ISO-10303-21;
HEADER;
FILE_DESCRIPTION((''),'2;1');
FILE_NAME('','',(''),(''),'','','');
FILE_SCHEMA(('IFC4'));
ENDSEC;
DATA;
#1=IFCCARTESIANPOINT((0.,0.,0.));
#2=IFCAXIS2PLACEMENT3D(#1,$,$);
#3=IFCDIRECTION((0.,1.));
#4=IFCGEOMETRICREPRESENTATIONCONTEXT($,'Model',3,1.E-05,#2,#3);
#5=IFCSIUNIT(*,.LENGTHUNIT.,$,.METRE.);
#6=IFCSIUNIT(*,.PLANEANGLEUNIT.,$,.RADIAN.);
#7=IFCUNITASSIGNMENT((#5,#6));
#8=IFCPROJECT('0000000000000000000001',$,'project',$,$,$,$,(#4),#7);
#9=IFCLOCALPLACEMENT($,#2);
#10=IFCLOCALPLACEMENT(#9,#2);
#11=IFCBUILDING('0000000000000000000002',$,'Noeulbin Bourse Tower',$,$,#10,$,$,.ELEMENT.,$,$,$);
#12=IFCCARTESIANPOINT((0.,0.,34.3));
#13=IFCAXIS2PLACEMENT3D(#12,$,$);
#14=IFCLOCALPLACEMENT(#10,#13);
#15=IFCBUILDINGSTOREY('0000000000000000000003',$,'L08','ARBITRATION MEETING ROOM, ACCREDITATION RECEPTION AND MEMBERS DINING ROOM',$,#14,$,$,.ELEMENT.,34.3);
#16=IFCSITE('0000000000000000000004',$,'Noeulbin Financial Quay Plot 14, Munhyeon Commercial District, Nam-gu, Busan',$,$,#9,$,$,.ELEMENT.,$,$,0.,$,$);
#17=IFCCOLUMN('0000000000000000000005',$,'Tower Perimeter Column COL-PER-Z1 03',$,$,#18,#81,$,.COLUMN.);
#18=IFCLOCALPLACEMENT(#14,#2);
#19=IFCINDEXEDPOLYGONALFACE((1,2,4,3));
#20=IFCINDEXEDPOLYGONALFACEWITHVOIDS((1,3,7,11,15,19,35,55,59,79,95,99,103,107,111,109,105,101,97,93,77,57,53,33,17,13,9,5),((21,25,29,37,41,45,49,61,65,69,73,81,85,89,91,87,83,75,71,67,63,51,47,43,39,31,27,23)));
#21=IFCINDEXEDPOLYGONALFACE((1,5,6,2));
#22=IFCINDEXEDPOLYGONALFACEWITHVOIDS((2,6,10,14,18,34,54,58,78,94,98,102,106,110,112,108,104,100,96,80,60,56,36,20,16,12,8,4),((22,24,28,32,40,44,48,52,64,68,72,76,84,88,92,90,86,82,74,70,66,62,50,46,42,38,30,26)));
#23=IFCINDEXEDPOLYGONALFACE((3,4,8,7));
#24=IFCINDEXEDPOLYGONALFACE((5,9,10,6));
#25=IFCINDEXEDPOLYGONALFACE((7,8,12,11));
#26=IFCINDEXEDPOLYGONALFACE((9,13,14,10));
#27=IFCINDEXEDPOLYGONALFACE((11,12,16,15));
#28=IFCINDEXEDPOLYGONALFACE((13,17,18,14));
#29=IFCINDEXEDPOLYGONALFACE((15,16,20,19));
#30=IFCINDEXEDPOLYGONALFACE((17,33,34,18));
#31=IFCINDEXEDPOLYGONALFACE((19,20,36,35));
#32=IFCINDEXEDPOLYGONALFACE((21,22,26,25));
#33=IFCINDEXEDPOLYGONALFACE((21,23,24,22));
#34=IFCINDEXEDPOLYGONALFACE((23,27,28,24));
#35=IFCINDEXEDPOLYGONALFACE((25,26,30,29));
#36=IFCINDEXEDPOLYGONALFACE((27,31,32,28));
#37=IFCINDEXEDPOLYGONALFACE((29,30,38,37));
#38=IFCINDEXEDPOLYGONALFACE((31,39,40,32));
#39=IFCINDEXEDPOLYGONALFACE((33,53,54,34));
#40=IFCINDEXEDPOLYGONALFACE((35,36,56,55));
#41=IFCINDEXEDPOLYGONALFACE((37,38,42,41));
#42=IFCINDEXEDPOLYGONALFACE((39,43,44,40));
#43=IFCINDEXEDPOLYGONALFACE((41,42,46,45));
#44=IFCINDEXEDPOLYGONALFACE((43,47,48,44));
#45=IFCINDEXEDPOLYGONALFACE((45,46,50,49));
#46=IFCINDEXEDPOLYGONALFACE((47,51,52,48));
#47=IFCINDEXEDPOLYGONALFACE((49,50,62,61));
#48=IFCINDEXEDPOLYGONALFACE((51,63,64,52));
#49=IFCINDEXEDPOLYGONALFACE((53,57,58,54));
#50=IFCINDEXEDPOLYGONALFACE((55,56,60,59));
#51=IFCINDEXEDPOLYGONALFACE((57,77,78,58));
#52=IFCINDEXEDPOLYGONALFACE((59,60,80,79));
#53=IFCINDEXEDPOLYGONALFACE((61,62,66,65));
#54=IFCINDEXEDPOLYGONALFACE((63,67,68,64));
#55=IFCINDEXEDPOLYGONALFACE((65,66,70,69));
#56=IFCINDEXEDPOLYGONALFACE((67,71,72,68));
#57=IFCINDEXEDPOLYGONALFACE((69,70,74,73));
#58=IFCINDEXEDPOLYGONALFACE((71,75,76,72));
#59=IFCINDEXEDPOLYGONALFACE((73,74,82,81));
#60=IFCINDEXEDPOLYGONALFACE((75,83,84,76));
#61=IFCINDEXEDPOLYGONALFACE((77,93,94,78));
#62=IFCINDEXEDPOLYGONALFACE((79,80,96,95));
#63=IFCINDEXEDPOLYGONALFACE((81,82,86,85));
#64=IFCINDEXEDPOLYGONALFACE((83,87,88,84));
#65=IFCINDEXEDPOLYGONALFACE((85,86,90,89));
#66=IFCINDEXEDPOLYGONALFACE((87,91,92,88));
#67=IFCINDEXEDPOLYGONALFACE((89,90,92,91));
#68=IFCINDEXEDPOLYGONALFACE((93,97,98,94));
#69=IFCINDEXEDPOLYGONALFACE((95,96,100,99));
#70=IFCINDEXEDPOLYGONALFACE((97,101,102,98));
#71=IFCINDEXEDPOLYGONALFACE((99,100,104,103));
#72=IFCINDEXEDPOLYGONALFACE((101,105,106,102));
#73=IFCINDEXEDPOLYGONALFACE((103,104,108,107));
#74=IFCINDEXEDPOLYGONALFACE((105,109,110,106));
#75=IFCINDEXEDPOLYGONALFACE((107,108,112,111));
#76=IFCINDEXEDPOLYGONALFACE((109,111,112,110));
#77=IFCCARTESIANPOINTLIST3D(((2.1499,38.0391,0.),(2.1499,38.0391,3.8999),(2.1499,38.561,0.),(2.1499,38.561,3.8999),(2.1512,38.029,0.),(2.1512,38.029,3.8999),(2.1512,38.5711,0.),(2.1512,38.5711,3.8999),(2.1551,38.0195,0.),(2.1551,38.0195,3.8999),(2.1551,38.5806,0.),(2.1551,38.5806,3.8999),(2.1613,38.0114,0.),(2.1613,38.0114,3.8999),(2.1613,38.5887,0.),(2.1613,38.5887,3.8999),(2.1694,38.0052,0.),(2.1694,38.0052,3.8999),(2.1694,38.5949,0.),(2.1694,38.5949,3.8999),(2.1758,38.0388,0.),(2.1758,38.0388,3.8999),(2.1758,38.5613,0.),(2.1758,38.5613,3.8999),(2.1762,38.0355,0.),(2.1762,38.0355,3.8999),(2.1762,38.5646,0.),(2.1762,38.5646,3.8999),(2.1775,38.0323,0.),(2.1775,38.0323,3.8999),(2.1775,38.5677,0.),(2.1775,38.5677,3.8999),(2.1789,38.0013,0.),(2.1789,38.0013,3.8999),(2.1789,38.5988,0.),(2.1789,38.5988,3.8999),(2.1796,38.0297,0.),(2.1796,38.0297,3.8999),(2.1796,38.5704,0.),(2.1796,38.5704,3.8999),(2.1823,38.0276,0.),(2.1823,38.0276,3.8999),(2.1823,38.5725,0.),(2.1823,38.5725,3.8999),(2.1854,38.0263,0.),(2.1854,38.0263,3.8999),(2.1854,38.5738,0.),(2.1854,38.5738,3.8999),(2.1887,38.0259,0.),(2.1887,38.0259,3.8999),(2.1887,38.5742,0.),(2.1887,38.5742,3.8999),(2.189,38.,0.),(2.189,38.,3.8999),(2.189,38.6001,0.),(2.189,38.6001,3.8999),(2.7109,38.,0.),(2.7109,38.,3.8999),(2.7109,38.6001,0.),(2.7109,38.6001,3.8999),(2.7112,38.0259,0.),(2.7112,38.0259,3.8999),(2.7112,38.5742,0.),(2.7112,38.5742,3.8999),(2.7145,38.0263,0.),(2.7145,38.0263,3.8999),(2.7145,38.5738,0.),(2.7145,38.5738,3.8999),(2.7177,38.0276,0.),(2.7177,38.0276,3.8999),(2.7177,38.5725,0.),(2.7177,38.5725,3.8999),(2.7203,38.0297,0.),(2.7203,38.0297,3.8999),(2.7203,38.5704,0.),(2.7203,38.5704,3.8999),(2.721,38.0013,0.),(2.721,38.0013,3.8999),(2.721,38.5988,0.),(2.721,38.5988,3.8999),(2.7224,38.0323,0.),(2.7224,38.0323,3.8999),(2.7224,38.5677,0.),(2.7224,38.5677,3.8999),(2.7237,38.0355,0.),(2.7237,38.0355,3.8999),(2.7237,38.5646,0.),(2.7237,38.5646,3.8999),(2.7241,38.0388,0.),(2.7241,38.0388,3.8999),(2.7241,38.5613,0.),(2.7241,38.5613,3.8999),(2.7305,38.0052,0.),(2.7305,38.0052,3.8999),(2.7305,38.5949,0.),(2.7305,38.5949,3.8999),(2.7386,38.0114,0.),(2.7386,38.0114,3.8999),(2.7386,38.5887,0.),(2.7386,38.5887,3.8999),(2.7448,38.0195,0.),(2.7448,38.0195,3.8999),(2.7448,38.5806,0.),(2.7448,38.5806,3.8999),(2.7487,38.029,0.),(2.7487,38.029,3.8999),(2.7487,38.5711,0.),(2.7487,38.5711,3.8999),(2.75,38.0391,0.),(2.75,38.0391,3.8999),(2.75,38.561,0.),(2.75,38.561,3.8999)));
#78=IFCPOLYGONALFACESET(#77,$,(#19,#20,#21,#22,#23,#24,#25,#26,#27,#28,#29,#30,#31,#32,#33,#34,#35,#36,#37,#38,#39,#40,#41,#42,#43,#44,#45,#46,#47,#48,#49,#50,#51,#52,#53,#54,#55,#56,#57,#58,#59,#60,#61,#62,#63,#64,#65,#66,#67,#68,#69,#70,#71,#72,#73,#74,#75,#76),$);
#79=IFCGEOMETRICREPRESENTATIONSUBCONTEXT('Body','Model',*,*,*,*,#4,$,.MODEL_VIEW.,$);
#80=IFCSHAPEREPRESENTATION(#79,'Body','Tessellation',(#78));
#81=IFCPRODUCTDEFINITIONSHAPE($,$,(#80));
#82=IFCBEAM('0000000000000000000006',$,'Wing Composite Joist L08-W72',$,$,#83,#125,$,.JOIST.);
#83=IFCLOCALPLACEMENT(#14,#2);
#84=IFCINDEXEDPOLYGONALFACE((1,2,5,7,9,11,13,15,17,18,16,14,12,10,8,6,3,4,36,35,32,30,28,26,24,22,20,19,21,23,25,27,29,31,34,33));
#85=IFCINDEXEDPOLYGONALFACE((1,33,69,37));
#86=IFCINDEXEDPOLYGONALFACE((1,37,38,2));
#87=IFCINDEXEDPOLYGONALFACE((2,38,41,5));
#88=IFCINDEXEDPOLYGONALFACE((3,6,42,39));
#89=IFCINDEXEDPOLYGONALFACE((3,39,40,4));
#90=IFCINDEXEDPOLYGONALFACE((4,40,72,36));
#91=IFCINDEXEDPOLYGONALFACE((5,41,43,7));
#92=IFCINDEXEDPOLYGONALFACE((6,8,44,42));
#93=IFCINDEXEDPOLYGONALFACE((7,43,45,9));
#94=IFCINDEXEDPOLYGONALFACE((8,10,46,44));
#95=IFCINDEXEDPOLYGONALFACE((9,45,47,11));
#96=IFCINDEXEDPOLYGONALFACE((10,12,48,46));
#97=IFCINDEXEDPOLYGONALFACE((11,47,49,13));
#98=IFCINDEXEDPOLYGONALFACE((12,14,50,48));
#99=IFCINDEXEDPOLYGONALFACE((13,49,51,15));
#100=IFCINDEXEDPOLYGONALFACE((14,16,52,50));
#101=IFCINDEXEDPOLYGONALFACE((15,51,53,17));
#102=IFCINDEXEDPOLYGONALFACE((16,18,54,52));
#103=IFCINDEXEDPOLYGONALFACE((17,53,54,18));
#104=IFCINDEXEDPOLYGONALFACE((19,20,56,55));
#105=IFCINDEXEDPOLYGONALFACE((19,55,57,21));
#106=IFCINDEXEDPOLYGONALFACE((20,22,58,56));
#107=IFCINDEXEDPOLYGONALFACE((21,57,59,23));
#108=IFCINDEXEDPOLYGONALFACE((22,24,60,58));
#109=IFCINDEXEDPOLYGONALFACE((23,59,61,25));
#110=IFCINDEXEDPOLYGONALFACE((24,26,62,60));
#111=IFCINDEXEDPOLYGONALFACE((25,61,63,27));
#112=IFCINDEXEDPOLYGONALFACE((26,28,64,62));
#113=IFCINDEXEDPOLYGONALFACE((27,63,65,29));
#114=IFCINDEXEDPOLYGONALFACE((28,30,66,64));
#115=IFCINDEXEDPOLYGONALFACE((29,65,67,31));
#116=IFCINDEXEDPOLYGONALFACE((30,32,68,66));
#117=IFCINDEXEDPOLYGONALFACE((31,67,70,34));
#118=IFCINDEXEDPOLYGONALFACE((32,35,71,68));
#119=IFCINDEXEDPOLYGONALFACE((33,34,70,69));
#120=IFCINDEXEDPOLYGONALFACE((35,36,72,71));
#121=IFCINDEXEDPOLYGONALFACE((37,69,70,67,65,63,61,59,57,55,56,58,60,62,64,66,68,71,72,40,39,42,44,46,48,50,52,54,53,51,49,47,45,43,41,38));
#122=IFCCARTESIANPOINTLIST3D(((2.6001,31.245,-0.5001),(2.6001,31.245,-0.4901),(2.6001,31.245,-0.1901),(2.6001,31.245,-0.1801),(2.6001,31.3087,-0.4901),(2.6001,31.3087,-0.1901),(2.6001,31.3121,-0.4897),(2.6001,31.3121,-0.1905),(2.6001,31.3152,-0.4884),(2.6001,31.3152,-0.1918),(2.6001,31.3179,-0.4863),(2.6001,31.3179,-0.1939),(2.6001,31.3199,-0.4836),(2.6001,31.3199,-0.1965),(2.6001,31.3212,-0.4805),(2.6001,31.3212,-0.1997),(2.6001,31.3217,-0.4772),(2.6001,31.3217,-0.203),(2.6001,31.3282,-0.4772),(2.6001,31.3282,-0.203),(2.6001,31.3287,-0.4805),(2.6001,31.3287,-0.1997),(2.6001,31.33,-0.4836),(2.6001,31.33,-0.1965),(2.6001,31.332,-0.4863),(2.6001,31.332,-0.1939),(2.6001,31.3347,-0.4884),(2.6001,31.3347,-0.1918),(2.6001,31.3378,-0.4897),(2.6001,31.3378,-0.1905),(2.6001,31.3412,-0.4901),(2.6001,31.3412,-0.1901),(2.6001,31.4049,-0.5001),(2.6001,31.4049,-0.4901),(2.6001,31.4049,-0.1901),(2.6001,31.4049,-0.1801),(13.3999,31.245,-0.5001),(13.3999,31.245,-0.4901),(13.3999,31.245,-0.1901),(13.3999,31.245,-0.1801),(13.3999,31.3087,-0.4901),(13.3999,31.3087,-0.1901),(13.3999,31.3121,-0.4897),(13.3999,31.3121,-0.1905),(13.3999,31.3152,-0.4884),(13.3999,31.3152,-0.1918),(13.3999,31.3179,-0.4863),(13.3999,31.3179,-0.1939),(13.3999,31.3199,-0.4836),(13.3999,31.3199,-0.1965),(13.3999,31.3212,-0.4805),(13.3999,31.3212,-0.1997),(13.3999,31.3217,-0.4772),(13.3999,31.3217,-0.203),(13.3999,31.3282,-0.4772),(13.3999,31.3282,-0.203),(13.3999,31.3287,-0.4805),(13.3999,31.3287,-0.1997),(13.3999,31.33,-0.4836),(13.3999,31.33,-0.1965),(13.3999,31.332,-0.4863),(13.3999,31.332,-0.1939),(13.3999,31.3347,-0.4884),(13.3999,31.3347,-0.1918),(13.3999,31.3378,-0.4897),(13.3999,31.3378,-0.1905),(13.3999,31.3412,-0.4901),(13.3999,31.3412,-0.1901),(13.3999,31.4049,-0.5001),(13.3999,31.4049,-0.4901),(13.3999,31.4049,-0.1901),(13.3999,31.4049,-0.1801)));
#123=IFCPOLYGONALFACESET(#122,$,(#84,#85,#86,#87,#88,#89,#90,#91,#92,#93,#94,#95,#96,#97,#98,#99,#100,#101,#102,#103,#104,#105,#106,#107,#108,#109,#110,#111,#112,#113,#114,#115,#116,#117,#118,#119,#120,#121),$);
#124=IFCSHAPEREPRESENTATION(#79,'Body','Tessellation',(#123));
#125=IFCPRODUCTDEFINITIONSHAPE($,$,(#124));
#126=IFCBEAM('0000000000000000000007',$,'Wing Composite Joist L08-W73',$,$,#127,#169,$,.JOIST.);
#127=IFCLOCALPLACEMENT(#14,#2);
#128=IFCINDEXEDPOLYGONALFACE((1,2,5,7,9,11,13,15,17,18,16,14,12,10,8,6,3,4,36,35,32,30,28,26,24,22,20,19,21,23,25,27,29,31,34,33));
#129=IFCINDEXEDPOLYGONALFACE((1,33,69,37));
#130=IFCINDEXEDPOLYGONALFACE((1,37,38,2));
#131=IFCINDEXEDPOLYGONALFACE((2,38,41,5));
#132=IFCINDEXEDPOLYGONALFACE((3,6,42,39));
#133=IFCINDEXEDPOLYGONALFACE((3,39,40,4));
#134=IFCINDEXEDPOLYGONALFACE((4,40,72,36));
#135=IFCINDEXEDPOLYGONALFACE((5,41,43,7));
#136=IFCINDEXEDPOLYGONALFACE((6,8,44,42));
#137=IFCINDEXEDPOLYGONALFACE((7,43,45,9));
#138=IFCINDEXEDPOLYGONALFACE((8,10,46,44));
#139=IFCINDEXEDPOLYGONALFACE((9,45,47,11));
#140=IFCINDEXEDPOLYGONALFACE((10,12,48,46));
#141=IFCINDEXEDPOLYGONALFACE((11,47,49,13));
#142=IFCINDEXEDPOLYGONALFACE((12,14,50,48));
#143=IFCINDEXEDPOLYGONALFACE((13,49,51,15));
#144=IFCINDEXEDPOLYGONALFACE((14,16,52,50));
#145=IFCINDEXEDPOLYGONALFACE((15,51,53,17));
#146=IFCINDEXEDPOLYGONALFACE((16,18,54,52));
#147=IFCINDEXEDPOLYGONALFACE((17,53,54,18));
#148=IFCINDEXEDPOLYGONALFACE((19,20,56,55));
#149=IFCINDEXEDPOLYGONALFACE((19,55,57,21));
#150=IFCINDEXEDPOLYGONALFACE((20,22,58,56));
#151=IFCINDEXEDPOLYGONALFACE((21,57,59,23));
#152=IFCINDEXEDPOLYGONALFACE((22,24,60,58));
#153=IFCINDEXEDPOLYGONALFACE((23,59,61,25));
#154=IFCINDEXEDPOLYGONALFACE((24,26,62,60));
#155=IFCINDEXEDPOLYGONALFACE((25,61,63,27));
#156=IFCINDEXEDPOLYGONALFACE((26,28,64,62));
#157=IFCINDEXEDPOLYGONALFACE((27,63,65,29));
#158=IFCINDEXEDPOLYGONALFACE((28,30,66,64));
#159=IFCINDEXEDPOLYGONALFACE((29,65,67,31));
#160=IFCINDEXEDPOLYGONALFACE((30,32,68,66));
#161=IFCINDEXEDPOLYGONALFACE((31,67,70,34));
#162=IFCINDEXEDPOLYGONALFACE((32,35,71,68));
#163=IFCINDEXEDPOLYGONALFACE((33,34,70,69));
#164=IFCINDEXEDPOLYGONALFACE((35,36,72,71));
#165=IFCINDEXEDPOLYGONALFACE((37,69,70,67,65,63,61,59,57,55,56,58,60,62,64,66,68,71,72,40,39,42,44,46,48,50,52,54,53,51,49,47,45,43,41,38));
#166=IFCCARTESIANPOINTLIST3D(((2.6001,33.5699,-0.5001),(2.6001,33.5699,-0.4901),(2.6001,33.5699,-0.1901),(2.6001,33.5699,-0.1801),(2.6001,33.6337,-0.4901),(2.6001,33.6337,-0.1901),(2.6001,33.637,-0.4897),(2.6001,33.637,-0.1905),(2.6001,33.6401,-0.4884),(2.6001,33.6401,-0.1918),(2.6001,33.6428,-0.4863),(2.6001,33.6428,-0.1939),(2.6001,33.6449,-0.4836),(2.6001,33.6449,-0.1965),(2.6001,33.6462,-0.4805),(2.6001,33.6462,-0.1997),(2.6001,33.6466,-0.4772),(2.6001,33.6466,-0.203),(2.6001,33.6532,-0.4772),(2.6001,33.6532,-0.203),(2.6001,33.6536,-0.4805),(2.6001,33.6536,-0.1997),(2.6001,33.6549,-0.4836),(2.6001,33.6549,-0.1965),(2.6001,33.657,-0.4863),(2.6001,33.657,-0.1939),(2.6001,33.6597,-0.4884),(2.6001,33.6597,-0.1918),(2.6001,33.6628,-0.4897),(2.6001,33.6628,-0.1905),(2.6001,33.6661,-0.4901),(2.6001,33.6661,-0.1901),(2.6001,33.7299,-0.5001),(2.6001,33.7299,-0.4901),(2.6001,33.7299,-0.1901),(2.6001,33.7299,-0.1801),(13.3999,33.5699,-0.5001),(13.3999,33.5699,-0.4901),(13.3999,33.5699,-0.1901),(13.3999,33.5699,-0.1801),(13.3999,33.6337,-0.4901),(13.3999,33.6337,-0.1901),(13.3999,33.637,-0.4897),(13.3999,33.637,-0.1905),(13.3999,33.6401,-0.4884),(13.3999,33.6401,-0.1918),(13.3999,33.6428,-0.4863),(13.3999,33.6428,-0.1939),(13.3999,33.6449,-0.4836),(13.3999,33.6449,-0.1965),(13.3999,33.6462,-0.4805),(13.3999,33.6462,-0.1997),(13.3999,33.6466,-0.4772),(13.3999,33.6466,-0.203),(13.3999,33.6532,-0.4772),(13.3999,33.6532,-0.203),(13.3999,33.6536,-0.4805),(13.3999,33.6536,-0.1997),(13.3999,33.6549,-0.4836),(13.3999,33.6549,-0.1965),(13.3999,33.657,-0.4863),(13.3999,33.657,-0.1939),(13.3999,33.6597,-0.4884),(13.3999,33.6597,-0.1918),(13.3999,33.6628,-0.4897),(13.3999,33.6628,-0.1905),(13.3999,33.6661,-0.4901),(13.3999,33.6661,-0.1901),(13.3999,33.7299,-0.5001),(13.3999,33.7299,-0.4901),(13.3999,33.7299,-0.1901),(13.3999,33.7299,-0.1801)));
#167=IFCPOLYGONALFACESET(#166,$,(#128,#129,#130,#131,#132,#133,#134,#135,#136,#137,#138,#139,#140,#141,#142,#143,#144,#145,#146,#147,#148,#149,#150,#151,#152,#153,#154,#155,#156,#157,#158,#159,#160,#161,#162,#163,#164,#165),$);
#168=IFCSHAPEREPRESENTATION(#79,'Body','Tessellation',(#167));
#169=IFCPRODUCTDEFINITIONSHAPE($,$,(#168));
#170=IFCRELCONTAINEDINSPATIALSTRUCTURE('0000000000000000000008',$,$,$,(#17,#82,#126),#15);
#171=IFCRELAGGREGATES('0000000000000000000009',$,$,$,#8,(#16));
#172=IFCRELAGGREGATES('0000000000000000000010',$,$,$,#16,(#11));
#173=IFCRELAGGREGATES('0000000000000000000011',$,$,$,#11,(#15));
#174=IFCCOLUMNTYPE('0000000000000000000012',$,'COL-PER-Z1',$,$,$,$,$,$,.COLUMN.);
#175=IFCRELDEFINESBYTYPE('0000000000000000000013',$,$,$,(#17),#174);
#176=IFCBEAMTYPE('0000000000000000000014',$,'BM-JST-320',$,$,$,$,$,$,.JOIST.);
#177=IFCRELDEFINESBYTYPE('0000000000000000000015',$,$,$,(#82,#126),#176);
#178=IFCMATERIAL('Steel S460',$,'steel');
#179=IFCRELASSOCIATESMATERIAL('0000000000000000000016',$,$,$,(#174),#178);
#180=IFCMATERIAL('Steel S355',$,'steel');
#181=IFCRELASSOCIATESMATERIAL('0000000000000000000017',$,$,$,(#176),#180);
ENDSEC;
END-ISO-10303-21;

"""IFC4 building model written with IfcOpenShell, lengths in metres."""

from ifc_helpers import new_model, si_unit, direction, frame, origin, origin_2d, place, context, subcontext, project, spatial, hollow_rectangle, i_section, extrude, material, material_profile, profile_set, type_object, element, save


model = new_model("IFC4")

# Units and contexts
model_context = context("Model", 3, precision=1e-05, world=origin(), true_north=direction((0.0, 1.0)))
body_context = subcontext(model_context, "Body", "Model", "MODEL_VIEW")
ifc_project = project(units=[si_unit("LENGTHUNIT", "METRE"), si_unit("PLANEANGLEUNIT", "RADIAN")], contexts=[model_context])

# Site, building, storey
site_placement = place(None, origin())
site = spatial("IfcSite", under=ifc_project, at=site_placement, Name="Noeulbin Financial Quay Plot 14, Munhyeon Commercial District, Nam-gu, Busan", CompositionType="ELEMENT", RefElevation=0.0)
building_placement = place(site_placement, origin())
building = spatial("IfcBuilding", under=site, at=building_placement, Name="Noeulbin Bourse Tower", CompositionType="ELEMENT")
storey_placement = place(building_placement, frame((0.0, 0.0, 34.3)))
storey = spatial("IfcBuildingStorey", under=building, at=storey_placement, Name="L08", Description="ARBITRATION MEETING ROOM, ACCREDITATION RECEPTION AND MEMBERS DINING ROOM", CompositionType="ELEMENT", Elevation=34.3)

# Column
ifc_material_1 = material(Name="Steel S460", Category="steel")
ifc_material_profile_1 = material_profile(ifc_material_1, hollow_rectangle(XDim=0.6001, YDim=0.6001, WallThickness=0.0259, InnerFilletRadius=0.0129, OuterFilletRadius=0.0391, at=origin_2d()), Name="BOX-600x600x26", Category="LoadBearing")
ifc_profile_set_1 = profile_set([ifc_material_profile_1], Name="Steel S460")
column_type = type_object("IfcColumnType", Name="COL-PER-Z1", PredefinedType="COLUMN", material=ifc_profile_set_1)
column_placement = place(storey_placement, frame((2.45, 38.3, 0.0), z_axis=(0.0, 0.0, 1.0), x_axis=(1.0, 0.0, 0.0)))
element("IfcColumn", 1, at=column_placement, inside=storey, type_object=column_type, Name="Tower Perimeter Column COL-PER-Z1 03", PredefinedType="COLUMN", context=body_context, shape_type="SweptSolid", body=[
    extrude(hollow_rectangle(XDim=0.6001, YDim=0.6001, WallThickness=0.0259, InnerFilletRadius=0.0129, OuterFilletRadius=0.0391, at=origin_2d()), origin(), (0.0, 0.0, 1.0), 3.8999),
])

# Beams
ifc_material_2 = material(Name="Steel S355", Category="steel")
ifc_material_profile_2 = material_profile(ifc_material_2, i_section(OverallWidth=0.1599, OverallDepth=0.3201, WebThickness=0.0066, FlangeThickness=0.01, FilletRadius=0.0129, at=origin_2d()), Name="H-320x160x6.5x10", Category="LoadBearing")
ifc_profile_set_2 = profile_set([ifc_material_profile_2], Name="Steel S355")
beam_type = type_object("IfcBeamType", Name="BM-JST-320", PredefinedType="JOIST", material=ifc_profile_set_2)
for number, where, z_axis, x_axis, name in (
    (2, (2.6001, 31.325, -0.3401), (1.0, 0.0, 0.0), (0.0, 1.0, 0.0), "Wing Composite Joist L08-W72"),
    (3, (2.6001, 33.6499, -0.3401), (1.0, 0.0, 0.0), (0.0, 1.0, 0.0), "Wing Composite Joist L08-W73"),
):
    element("IfcBeam", number, at=place(storey_placement, frame(where, z_axis=z_axis, x_axis=x_axis)), inside=storey, type_object=beam_type, Name=name, PredefinedType="JOIST", context=body_context, shape_type="SweptSolid", body=[
        extrude(i_section(OverallWidth=0.1599, OverallDepth=0.3201, WebThickness=0.0066, FlangeThickness=0.01, FilletRadius=0.0129, at=origin_2d()), origin(), (0.0, 0.0, 1.0), 10.7998),
    ])

save(model, "model.ifc")
